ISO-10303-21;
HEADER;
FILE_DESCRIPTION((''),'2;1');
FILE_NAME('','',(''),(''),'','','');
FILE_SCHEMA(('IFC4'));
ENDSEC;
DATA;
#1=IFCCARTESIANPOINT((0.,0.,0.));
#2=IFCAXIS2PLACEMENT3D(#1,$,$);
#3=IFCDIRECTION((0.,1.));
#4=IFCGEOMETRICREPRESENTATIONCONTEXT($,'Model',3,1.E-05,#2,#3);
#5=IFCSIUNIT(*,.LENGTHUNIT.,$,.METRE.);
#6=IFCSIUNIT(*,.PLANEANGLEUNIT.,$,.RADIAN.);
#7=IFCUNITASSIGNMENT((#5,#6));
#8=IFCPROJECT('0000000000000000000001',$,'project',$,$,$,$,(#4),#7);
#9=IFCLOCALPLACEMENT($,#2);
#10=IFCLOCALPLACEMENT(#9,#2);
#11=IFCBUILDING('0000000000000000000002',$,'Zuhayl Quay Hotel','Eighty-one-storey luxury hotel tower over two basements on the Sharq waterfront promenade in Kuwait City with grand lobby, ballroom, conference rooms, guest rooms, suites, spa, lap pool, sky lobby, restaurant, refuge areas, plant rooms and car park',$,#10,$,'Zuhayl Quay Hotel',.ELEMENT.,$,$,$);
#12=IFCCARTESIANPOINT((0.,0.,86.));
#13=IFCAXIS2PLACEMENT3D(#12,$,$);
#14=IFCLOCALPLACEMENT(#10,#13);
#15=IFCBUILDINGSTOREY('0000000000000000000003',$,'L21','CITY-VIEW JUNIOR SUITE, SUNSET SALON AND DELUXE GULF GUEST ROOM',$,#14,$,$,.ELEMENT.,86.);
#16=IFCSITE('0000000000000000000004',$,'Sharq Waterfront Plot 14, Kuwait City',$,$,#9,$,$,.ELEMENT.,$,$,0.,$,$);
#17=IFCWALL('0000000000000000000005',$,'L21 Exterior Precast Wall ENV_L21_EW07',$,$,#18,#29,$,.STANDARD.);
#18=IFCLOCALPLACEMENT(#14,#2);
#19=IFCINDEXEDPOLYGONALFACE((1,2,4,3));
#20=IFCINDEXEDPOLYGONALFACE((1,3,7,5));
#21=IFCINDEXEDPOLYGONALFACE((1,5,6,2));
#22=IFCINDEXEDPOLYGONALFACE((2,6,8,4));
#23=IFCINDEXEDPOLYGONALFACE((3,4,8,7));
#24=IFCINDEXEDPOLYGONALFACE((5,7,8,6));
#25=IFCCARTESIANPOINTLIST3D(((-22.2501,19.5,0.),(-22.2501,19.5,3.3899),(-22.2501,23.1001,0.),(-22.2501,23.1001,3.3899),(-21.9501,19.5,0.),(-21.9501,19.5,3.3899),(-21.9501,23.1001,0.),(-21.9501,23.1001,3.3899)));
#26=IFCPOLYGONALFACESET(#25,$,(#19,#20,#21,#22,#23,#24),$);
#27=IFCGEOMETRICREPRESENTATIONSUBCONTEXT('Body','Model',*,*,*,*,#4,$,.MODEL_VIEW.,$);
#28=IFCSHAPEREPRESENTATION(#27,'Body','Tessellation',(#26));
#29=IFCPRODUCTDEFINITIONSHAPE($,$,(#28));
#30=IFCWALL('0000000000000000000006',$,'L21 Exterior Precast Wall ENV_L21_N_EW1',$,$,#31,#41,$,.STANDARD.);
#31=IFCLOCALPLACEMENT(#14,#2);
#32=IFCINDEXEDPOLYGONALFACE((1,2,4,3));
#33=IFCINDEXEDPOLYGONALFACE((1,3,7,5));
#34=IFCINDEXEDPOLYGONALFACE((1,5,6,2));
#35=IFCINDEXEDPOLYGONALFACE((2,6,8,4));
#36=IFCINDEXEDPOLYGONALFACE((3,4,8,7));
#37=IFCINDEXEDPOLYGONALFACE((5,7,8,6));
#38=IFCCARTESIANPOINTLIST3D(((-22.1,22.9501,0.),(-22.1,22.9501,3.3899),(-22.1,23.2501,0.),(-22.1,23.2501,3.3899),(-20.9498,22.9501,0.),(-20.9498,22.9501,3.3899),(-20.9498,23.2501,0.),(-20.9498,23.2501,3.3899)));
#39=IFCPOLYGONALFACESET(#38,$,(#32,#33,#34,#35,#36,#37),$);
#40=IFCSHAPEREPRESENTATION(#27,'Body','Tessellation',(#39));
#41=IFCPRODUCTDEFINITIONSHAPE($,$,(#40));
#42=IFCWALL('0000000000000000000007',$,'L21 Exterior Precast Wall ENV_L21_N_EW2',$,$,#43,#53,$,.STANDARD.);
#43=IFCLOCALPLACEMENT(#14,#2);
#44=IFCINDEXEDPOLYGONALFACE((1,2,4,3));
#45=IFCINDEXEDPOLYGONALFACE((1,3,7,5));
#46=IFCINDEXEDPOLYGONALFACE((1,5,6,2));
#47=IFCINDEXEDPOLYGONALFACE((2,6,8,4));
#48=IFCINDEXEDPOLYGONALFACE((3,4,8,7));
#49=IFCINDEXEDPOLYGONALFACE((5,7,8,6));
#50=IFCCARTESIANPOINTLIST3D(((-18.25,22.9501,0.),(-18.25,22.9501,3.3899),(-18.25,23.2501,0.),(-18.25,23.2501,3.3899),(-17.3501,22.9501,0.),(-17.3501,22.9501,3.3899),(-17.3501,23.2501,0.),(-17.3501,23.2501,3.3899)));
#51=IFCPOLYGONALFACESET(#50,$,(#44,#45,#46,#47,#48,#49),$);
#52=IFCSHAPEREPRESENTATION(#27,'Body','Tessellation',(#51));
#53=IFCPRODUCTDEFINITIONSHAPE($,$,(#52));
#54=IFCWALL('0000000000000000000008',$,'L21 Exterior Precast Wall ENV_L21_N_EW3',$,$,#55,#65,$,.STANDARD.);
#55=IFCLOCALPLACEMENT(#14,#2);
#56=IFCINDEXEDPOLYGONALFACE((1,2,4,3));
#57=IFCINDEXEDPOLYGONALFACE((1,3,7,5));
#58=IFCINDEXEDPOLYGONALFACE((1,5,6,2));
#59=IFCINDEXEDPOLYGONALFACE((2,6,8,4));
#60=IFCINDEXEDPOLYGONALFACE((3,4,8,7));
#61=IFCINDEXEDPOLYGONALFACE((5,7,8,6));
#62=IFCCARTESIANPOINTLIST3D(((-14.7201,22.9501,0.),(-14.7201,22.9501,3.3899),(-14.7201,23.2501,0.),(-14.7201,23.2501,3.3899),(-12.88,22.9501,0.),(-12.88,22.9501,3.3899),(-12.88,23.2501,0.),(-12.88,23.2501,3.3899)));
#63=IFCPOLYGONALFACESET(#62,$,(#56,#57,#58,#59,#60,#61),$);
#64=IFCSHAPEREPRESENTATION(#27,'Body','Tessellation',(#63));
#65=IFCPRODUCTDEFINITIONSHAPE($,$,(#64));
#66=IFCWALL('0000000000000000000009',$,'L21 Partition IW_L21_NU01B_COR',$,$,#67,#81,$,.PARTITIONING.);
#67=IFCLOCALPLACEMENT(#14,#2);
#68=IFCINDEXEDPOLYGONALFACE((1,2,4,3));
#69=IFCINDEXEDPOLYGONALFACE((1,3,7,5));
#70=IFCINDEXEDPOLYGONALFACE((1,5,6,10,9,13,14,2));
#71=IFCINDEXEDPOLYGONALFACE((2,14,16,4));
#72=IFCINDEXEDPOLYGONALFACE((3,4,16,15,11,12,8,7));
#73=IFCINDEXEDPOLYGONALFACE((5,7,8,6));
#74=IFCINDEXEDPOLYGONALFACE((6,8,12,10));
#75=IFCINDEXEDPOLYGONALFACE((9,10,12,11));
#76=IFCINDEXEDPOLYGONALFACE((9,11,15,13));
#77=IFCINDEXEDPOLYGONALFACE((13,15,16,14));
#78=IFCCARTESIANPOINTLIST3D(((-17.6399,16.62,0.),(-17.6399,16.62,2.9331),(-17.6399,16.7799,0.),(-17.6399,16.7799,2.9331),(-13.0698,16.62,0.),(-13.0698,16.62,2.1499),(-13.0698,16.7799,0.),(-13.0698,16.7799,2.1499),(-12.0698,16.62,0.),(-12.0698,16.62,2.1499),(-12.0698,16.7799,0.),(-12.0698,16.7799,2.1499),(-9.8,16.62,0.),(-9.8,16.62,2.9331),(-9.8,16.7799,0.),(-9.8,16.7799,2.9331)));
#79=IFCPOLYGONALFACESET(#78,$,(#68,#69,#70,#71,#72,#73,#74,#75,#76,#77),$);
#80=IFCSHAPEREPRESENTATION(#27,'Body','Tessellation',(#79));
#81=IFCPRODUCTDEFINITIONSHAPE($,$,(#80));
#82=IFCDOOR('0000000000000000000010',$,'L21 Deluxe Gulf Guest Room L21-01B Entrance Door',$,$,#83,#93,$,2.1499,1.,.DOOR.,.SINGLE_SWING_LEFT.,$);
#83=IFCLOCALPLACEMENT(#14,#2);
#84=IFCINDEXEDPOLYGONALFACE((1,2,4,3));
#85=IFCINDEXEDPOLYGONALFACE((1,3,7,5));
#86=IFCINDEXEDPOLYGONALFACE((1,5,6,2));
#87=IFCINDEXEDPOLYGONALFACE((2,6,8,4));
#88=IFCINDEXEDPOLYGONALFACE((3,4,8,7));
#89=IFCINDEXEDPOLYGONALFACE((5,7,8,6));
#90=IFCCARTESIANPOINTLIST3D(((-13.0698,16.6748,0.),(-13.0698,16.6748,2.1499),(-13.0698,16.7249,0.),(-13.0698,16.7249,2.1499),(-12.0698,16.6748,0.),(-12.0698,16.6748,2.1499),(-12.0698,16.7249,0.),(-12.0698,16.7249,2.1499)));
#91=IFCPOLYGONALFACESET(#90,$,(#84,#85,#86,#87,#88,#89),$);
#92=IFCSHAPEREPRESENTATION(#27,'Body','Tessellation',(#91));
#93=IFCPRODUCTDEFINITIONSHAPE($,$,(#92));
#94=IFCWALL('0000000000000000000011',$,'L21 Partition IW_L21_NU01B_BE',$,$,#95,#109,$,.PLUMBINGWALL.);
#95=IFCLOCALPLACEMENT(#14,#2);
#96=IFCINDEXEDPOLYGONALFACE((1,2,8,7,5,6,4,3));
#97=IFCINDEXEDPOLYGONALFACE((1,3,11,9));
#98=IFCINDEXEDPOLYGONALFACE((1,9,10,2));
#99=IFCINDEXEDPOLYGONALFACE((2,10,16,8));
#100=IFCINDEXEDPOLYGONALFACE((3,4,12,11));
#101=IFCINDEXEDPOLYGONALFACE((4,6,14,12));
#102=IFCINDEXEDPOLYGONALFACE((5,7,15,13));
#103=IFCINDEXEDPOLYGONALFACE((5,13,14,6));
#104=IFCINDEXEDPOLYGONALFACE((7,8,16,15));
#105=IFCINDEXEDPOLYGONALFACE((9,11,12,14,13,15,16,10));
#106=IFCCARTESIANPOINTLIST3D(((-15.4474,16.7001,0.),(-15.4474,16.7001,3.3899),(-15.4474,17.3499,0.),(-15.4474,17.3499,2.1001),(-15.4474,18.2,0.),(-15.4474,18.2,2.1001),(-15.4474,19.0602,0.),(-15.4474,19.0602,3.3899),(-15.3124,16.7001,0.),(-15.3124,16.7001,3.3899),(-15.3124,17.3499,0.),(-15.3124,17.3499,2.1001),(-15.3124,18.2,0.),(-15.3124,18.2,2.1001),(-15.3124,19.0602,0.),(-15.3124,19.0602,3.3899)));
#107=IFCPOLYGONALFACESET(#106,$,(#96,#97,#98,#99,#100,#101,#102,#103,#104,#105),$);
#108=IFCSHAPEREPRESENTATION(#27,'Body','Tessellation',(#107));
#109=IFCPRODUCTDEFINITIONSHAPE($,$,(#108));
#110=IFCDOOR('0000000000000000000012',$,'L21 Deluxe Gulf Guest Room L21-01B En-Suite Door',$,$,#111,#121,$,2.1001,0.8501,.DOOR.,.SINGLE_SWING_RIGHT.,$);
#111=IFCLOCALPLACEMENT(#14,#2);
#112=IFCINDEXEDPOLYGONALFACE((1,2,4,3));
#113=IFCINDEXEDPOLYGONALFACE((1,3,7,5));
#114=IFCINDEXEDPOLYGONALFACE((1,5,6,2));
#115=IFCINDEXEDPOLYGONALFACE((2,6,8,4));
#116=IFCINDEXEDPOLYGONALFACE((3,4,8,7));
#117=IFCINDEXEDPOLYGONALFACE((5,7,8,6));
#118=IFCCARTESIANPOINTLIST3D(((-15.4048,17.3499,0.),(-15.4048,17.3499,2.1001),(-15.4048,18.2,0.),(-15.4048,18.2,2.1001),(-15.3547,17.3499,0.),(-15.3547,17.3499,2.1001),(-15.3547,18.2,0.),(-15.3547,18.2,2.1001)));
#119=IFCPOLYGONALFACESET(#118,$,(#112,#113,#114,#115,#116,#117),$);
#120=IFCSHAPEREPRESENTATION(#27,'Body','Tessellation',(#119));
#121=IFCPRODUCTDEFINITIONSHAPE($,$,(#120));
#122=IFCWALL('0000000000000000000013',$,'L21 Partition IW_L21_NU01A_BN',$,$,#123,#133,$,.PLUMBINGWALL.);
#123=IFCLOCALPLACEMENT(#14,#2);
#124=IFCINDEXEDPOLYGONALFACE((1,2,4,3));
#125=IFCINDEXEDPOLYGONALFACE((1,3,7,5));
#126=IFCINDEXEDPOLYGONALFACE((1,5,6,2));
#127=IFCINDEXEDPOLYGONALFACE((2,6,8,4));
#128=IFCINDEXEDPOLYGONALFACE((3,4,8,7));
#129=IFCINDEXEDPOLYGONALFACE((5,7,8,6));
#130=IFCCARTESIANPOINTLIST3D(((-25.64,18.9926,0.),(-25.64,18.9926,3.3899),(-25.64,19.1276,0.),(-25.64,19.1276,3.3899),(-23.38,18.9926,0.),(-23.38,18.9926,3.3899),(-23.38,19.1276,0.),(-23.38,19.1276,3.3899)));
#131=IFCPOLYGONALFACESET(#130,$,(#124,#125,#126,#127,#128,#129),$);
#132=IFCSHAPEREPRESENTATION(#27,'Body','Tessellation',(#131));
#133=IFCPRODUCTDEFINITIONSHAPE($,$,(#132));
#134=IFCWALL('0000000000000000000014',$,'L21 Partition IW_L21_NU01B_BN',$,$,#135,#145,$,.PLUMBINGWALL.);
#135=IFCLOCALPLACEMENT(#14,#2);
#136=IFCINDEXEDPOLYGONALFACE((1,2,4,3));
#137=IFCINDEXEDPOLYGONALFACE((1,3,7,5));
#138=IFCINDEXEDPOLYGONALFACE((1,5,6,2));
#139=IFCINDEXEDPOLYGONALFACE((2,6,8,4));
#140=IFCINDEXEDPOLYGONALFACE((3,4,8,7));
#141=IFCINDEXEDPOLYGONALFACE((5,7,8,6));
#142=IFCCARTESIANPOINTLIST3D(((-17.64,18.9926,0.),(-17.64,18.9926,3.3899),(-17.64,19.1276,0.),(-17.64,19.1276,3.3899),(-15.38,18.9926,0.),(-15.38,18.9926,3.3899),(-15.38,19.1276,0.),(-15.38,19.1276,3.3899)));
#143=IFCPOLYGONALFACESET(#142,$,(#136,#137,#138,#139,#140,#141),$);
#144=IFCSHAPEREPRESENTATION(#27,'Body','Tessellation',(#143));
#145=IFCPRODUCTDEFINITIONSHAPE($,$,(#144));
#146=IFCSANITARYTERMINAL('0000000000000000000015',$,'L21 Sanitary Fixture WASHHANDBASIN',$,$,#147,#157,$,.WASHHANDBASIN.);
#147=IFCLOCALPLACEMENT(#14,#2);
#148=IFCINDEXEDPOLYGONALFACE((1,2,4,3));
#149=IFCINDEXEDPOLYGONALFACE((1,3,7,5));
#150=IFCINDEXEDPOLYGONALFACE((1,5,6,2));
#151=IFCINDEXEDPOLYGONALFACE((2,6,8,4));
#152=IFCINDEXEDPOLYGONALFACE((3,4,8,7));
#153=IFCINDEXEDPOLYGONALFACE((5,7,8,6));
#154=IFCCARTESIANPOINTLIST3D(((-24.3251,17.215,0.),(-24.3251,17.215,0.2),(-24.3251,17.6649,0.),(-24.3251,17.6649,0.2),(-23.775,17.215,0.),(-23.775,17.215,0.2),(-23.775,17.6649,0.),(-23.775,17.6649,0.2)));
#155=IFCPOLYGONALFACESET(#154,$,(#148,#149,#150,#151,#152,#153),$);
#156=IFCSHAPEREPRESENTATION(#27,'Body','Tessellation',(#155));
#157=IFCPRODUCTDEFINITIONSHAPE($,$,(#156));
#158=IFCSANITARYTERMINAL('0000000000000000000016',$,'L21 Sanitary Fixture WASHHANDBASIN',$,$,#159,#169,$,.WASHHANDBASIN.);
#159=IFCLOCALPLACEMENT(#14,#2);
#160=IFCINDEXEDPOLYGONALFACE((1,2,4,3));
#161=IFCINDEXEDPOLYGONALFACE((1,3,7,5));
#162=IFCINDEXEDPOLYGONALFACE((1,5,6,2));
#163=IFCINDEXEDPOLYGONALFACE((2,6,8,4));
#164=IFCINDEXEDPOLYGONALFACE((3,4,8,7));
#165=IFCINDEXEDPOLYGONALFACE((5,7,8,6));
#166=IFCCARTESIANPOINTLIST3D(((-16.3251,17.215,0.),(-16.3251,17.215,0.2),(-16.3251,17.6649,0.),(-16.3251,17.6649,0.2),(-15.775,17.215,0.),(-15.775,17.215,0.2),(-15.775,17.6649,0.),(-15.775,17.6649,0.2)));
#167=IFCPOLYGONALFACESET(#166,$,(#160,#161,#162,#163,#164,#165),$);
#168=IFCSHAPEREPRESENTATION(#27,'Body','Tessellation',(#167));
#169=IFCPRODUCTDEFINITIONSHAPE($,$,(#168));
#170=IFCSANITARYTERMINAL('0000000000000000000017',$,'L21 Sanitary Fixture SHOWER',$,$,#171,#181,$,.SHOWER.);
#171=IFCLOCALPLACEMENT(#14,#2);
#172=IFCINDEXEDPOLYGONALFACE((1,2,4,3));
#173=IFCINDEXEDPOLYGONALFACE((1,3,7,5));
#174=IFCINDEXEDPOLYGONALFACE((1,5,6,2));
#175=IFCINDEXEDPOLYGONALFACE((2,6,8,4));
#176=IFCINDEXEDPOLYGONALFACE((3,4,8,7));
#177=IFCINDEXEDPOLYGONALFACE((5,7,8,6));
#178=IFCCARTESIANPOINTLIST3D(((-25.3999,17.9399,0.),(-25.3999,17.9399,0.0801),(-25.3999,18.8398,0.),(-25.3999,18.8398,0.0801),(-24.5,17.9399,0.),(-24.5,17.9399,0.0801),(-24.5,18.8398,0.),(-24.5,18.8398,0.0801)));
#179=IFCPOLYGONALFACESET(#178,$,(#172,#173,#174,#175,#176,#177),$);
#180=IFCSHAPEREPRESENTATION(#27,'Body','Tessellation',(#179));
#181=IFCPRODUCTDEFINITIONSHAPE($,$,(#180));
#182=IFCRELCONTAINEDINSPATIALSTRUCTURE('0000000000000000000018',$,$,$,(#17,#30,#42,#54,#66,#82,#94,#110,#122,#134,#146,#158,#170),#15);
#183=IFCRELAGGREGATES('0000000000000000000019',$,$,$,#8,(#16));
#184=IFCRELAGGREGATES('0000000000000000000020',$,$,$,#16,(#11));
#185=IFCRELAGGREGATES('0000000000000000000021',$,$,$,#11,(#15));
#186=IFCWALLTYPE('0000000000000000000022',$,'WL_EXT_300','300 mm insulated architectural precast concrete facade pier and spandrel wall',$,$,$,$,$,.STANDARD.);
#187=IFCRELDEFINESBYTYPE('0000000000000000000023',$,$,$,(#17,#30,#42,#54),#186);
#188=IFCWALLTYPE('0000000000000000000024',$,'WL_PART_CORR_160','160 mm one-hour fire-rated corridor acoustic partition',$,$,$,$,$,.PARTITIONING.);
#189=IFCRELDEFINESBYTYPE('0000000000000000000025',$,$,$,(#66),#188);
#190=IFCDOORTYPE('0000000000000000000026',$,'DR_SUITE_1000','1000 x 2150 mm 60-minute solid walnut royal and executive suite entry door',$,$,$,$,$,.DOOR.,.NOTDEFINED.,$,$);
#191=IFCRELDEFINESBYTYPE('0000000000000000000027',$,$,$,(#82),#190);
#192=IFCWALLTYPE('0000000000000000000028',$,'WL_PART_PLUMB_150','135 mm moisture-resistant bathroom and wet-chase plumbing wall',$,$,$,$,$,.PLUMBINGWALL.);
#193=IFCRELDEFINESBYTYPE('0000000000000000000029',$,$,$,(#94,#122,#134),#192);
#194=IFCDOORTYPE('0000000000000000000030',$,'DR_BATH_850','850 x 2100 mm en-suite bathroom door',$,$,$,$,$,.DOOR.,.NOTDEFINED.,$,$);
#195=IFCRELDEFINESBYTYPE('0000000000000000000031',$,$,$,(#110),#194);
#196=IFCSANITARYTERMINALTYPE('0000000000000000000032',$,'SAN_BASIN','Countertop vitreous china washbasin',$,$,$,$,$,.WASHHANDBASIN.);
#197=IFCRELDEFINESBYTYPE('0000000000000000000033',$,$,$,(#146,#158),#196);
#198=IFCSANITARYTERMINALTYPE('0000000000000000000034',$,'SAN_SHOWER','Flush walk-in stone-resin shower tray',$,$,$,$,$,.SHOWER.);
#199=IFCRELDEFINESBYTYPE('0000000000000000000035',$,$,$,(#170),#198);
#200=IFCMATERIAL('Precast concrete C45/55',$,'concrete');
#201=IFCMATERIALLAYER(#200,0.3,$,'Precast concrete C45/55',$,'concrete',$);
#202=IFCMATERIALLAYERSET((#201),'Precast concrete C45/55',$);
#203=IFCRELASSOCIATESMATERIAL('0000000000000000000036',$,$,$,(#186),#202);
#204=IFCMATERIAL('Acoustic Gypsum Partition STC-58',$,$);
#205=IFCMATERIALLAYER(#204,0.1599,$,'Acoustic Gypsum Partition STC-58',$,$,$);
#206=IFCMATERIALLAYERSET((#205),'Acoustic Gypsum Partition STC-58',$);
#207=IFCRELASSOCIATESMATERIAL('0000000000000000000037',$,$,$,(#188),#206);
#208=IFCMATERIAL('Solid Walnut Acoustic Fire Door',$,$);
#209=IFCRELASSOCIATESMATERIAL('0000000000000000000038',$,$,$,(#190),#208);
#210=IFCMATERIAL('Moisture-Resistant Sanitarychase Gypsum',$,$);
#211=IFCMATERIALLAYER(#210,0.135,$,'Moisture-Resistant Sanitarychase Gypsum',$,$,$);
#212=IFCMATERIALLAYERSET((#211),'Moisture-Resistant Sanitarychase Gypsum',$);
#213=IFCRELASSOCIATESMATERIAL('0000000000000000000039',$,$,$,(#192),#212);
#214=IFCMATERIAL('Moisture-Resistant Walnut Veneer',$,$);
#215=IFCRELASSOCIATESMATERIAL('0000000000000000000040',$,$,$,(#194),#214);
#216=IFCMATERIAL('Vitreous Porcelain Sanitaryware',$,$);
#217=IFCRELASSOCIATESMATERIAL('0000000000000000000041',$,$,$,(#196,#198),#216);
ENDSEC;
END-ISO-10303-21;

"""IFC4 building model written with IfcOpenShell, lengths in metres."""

from ifc_helpers import new_model, si_unit, direction, frame, frame_2d, origin, origin_2d, place, context, subcontext, project, spatial, rectangle, extrude, material, layer, layer_set, type_object, element, fill, save


model = new_model("IFC4")

# Units and contexts
model_context = context("Model", 3, precision=1e-05, world=origin(), true_north=direction((0.0, 1.0)))
body_context = subcontext(model_context, "Body", "Model", "MODEL_VIEW")
ifc_project = project(units=[si_unit("LENGTHUNIT", "METRE"), si_unit("PLANEANGLEUNIT", "RADIAN")], contexts=[model_context])

# Site, building, storey
site_placement = place(None, origin())
site = spatial("IfcSite", under=ifc_project, at=site_placement, Name="Sharq Waterfront Plot 14, Kuwait City", CompositionType="ELEMENT", RefElevation=0.0)
building_placement = place(site_placement, origin())
building = spatial("IfcBuilding", under=site, at=building_placement, Name="Zuhayl Quay Hotel", Description="Eighty-one-storey luxury hotel tower over two basements on the Sharq waterfront promenade in Kuwait City with grand lobby, ballroom, conference rooms, guest rooms, suites, spa, lap pool, sky lobby, restaurant, refuge areas, plant rooms and car park", LongName="Zuhayl Quay Hotel", CompositionType="ELEMENT")
storey_placement = place(building_placement, frame((0.0, 0.0, 86.0)))
storey = spatial("IfcBuildingStorey", under=building, at=storey_placement, Name="L21", Description="CITY-VIEW JUNIOR SUITE, SUNSET SALON AND DELUXE GULF GUEST ROOM", CompositionType="ELEMENT", Elevation=86.0)

# Walls
ifc_material_1 = material(Name="Precast concrete C45/55", Category="concrete")
ifc_layer_1 = layer(ifc_material_1, 0.3, Name="Precast concrete C45/55", Category="concrete")
ifc_layer_set_1 = layer_set([ifc_layer_1], Name="Precast concrete C45/55")
wall_type_1 = type_object("IfcWallType", Name="WL_EXT_300", Description="300 mm insulated architectural precast concrete facade pier and spandrel wall", PredefinedType="STANDARD", material=ifc_layer_set_1)
wall_1_placement = place(storey_placement, frame((-22.1001, 19.5, 0.0), z_axis=(0.0, 0.0, 1.0), x_axis=(0.0, 1.0, 0.0)))
element("IfcWall", 1, at=wall_1_placement, inside=storey, type_object=wall_type_1, Name="L21 Exterior Precast Wall ENV_L21_EW07", PredefinedType="STANDARD", context=body_context, shape_type="SweptSolid", body=[
    extrude(rectangle(XDim=3.6001, YDim=0.3, at=frame_2d((1.8, 0.0))), origin(), (0.0, 0.0, 1.0), 3.3899),
])
wall_2_placement = place(storey_placement, frame((-22.1001, 23.1001, 0.0), z_axis=(0.0, 0.0, 1.0), x_axis=(1.0, 0.0, 0.0)))
element("IfcWall", 2, at=wall_2_placement, inside=storey, type_object=wall_type_1, Name="L21 Exterior Precast Wall ENV_L21_N_EW1", PredefinedType="STANDARD", context=body_context, shape_type="SweptSolid", body=[
    extrude(rectangle(XDim=1.1501, YDim=0.3, at=frame_2d((0.5752, 0.0))), origin(), (0.0, 0.0, 1.0), 3.3899),
])
wall_3_placement = place(storey_placement, frame((-18.25, 23.1001, 0.0), z_axis=(0.0, 0.0, 1.0), x_axis=(1.0, 0.0, 0.0)))
element("IfcWall", 3, at=wall_3_placement, inside=storey, type_object=wall_type_1, Name="L21 Exterior Precast Wall ENV_L21_N_EW2", PredefinedType="STANDARD", context=body_context, shape_type="SweptSolid", body=[
    extrude(rectangle(XDim=0.8999, YDim=0.3, at=frame_2d((0.45, 0.0))), origin(), (0.0, 0.0, 1.0), 3.3899),
])
wall_4_placement = place(storey_placement, frame((-14.72, 23.1001, 0.0), z_axis=(0.0, 0.0, 1.0), x_axis=(1.0, 0.0, 0.0)))
element("IfcWall", 4, at=wall_4_placement, inside=storey, type_object=wall_type_1, Name="L21 Exterior Precast Wall ENV_L21_N_EW3", PredefinedType="STANDARD", context=body_context, shape_type="SweptSolid", body=[
    extrude(rectangle(XDim=1.8401, YDim=0.3, at=frame_2d((0.9199, 0.0))), origin(), (0.0, 0.0, 1.0), 3.3899),
])

# Walls, openings, doors
ifc_material_2 = material(Name="Acoustic Gypsum Partition STC-58")
ifc_layer_2 = layer(ifc_material_2, 0.1599, Name="Acoustic Gypsum Partition STC-58")
ifc_layer_set_2 = layer_set([ifc_layer_2], Name="Acoustic Gypsum Partition STC-58")
wall_type_2 = type_object("IfcWallType", Name="WL_PART_CORR_160", Description="160 mm one-hour fire-rated corridor acoustic partition", PredefinedType="PARTITIONING", material=ifc_layer_set_2)
wall_5_placement = place(storey_placement, frame((-17.6399, 16.7, 0.0), z_axis=(0.0, 0.0, 1.0), x_axis=(1.0, 0.0, 0.0)))
wall_5 = element("IfcWall", 5, at=wall_5_placement, inside=storey, type_object=wall_type_2, Name="L21 Partition IW_L21_NU01B_COR", PredefinedType="PARTITIONING", context=body_context, shape_type="SweptSolid", body=[
    extrude(rectangle(XDim=7.8398, YDim=0.1599, at=frame_2d((3.9199, 0.0))), origin(), (0.0, 0.0, 1.0), 2.9331),
])
opening_1_placement = place(wall_5_placement, frame((4.5701, 0.0, 0.0)))
opening_1 = element("IfcOpeningElement", 6, at=opening_1_placement, cuts=wall_5, PredefinedType="OPENING", context=body_context, shape_type="SweptSolid", body=[
    extrude(rectangle(XDim=1.0, YDim=2.1499, at=frame_2d((0.5, 1.075))), frame((0.0, 0.0898, 0.0), z_axis=(0.0, -1.0, 0.0), x_axis=(1.0, 0.0, 0.0)), (0.0, 0.0, 1.0), 0.1799),
])
ifc_material_3 = material(Name="Solid Walnut Acoustic Fire Door")
door_type_1 = type_object("IfcDoorType", Name="DR_SUITE_1000", Description="1000 x 2150 mm 60-minute solid walnut royal and executive suite entry door", OperationType="NOTDEFINED", PredefinedType="DOOR", material=ifc_material_3)
door_1_placement = place(opening_1_placement, origin())
door_1 = element("IfcDoor", 7, at=door_1_placement, inside=storey, type_object=door_type_1, Name="L21 Deluxe Gulf Guest Room L21-01B Entrance Door", OperationType="SINGLE_SWING_LEFT", OverallHeight=2.1499, OverallWidth=1.0, PredefinedType="DOOR", context=body_context, shape_type="SweptSolid", body=[
    extrude(rectangle(XDim=1.0, YDim=2.1499, at=frame_2d((0.5, 1.075))), frame((0.0, 0.0249, 0.0), z_axis=(0.0, -1.0, 0.0), x_axis=(1.0, 0.0, 0.0)), (0.0, 0.0, 1.0), 0.05),
])
fill(opening_1, door_1)
ifc_material_4 = material(Name="Moisture-Resistant Sanitarychase Gypsum")
ifc_layer_3 = layer(ifc_material_4, 0.135, Name="Moisture-Resistant Sanitarychase Gypsum")
ifc_layer_set_3 = layer_set([ifc_layer_3], Name="Moisture-Resistant Sanitarychase Gypsum")
wall_type_3 = type_object("IfcWallType", Name="WL_PART_PLUMB_150", Description="135 mm moisture-resistant bathroom and wet-chase plumbing wall", PredefinedType="PLUMBINGWALL", material=ifc_layer_set_3)
wall_6_placement = place(storey_placement, frame((-15.3799, 16.7, 0.0), z_axis=(0.0, 0.0, 1.0), x_axis=(0.0, 1.0, 0.0)))
wall_6 = element("IfcWall", 8, at=wall_6_placement, inside=storey, type_object=wall_type_3, Name="L21 Partition IW_L21_NU01B_BE", PredefinedType="PLUMBINGWALL", context=body_context, shape_type="SweptSolid", body=[
    extrude(rectangle(XDim=2.3601, YDim=0.135, at=frame_2d((1.1802, 0.0))), origin(), (0.0, 0.0, 1.0), 3.3899),
])
opening_2_placement = place(wall_6_placement, frame((0.6499, 0.0, 0.0)))
opening_2 = element("IfcOpeningElement", 9, at=opening_2_placement, cuts=wall_6, PredefinedType="OPENING", context=body_context, shape_type="SweptSolid", body=[
    extrude(rectangle(XDim=0.8501, YDim=2.1001, at=frame_2d((0.425, 1.05))), frame((0.0, 0.0774, 0.0), z_axis=(0.0, -1.0, 0.0), x_axis=(1.0, 0.0, 0.0)), (0.0, 0.0, 1.0), 0.155),
])
ifc_material_5 = material(Name="Moisture-Resistant Walnut Veneer")
door_type_2 = type_object("IfcDoorType", Name="DR_BATH_850", Description="850 x 2100 mm en-suite bathroom door", OperationType="NOTDEFINED", PredefinedType="DOOR", material=ifc_material_5)
door_2_placement = place(opening_2_placement, origin())
door_2 = element("IfcDoor", 10, at=door_2_placement, inside=storey, type_object=door_type_2, Name="L21 Deluxe Gulf Guest Room L21-01B En-Suite Door", OperationType="SINGLE_SWING_RIGHT", OverallHeight=2.1001, OverallWidth=0.8501, PredefinedType="DOOR", context=body_context, shape_type="SweptSolid", body=[
    extrude(rectangle(XDim=0.8501, YDim=2.1001, at=frame_2d((0.425, 1.05))), frame((0.0, 0.0249, 0.0), z_axis=(0.0, -1.0, 0.0), x_axis=(1.0, 0.0, 0.0)), (0.0, 0.0, 1.0), 0.05),
])
fill(opening_2, door_2)

# Walls
for number, where, z_axis, x_axis, name in (
    (11, (-25.6399, 19.0601, 0.0), (0.0, 0.0, 1.0), (1.0, 0.0, 0.0), "L21 Partition IW_L21_NU01A_BN"),
    (12, (-17.6399, 19.0601, 0.0), (0.0, 0.0, 1.0), (1.0, 0.0, 0.0), "L21 Partition IW_L21_NU01B_BN"),
):
    element("IfcWall", number, at=place(storey_placement, frame(where, z_axis=z_axis, x_axis=x_axis)), inside=storey, type_object=wall_type_3, Name=name, PredefinedType="PLUMBINGWALL", context=body_context, shape_type="SweptSolid", body=[
        extrude(rectangle(XDim=2.26, YDim=0.135, at=frame_2d((1.1299, 0.0))), origin(), (0.0, 0.0, 1.0), 3.3899),
    ])

# Sanitary terminals
ifc_material_6 = material(Name="Vitreous Porcelain Sanitaryware")
sanitary_terminal_type_1 = type_object("IfcSanitaryTerminalType", Name="SAN_BASIN", Description="Countertop vitreous china washbasin", PredefinedType="WASHHANDBASIN", material=ifc_material_6)
for number, where, z_axis, x_axis, name in (
    (13, (-24.05, 17.4399, 0.0), (0.0, 0.0, 1.0), (1.0, 0.0, 0.0), "L21 Sanitary Fixture WASHHANDBASIN"),
    (14, (-16.05, 17.4399, 0.0), (0.0, 0.0, 1.0), (1.0, 0.0, 0.0), "L21 Sanitary Fixture WASHHANDBASIN"),
):
    element("IfcSanitaryTerminal", number, at=place(storey_placement, frame(where, z_axis=z_axis, x_axis=x_axis)), inside=storey, type_object=sanitary_terminal_type_1, Name=name, PredefinedType="WASHHANDBASIN", context=body_context, shape_type="SweptSolid", body=[
        extrude(rectangle(XDim=0.55, YDim=0.45, at=origin_2d()), origin(), (0.0, 0.0, 1.0), 0.2),
    ])
sanitary_terminal_type_2 = type_object("IfcSanitaryTerminalType", Name="SAN_SHOWER", Description="Flush walk-in stone-resin shower tray", PredefinedType="SHOWER", material=ifc_material_6)
for number, where, z_axis, x_axis, name in (
    (15, (-24.95, 18.3899, 0.0), (0.0, 0.0, 1.0), (1.0, 0.0, 0.0), "L21 Sanitary Fixture SHOWER"),
):
    element("IfcSanitaryTerminal", number, at=place(storey_placement, frame(where, z_axis=z_axis, x_axis=x_axis)), inside=storey, type_object=sanitary_terminal_type_2, Name=name, PredefinedType="SHOWER", context=body_context, shape_type="SweptSolid", body=[
        extrude(rectangle(XDim=0.8999, YDim=0.8999, at=origin_2d()), origin(), (0.0, 0.0, 1.0), 0.0801),
    ])

save(model, "model.ifc")
